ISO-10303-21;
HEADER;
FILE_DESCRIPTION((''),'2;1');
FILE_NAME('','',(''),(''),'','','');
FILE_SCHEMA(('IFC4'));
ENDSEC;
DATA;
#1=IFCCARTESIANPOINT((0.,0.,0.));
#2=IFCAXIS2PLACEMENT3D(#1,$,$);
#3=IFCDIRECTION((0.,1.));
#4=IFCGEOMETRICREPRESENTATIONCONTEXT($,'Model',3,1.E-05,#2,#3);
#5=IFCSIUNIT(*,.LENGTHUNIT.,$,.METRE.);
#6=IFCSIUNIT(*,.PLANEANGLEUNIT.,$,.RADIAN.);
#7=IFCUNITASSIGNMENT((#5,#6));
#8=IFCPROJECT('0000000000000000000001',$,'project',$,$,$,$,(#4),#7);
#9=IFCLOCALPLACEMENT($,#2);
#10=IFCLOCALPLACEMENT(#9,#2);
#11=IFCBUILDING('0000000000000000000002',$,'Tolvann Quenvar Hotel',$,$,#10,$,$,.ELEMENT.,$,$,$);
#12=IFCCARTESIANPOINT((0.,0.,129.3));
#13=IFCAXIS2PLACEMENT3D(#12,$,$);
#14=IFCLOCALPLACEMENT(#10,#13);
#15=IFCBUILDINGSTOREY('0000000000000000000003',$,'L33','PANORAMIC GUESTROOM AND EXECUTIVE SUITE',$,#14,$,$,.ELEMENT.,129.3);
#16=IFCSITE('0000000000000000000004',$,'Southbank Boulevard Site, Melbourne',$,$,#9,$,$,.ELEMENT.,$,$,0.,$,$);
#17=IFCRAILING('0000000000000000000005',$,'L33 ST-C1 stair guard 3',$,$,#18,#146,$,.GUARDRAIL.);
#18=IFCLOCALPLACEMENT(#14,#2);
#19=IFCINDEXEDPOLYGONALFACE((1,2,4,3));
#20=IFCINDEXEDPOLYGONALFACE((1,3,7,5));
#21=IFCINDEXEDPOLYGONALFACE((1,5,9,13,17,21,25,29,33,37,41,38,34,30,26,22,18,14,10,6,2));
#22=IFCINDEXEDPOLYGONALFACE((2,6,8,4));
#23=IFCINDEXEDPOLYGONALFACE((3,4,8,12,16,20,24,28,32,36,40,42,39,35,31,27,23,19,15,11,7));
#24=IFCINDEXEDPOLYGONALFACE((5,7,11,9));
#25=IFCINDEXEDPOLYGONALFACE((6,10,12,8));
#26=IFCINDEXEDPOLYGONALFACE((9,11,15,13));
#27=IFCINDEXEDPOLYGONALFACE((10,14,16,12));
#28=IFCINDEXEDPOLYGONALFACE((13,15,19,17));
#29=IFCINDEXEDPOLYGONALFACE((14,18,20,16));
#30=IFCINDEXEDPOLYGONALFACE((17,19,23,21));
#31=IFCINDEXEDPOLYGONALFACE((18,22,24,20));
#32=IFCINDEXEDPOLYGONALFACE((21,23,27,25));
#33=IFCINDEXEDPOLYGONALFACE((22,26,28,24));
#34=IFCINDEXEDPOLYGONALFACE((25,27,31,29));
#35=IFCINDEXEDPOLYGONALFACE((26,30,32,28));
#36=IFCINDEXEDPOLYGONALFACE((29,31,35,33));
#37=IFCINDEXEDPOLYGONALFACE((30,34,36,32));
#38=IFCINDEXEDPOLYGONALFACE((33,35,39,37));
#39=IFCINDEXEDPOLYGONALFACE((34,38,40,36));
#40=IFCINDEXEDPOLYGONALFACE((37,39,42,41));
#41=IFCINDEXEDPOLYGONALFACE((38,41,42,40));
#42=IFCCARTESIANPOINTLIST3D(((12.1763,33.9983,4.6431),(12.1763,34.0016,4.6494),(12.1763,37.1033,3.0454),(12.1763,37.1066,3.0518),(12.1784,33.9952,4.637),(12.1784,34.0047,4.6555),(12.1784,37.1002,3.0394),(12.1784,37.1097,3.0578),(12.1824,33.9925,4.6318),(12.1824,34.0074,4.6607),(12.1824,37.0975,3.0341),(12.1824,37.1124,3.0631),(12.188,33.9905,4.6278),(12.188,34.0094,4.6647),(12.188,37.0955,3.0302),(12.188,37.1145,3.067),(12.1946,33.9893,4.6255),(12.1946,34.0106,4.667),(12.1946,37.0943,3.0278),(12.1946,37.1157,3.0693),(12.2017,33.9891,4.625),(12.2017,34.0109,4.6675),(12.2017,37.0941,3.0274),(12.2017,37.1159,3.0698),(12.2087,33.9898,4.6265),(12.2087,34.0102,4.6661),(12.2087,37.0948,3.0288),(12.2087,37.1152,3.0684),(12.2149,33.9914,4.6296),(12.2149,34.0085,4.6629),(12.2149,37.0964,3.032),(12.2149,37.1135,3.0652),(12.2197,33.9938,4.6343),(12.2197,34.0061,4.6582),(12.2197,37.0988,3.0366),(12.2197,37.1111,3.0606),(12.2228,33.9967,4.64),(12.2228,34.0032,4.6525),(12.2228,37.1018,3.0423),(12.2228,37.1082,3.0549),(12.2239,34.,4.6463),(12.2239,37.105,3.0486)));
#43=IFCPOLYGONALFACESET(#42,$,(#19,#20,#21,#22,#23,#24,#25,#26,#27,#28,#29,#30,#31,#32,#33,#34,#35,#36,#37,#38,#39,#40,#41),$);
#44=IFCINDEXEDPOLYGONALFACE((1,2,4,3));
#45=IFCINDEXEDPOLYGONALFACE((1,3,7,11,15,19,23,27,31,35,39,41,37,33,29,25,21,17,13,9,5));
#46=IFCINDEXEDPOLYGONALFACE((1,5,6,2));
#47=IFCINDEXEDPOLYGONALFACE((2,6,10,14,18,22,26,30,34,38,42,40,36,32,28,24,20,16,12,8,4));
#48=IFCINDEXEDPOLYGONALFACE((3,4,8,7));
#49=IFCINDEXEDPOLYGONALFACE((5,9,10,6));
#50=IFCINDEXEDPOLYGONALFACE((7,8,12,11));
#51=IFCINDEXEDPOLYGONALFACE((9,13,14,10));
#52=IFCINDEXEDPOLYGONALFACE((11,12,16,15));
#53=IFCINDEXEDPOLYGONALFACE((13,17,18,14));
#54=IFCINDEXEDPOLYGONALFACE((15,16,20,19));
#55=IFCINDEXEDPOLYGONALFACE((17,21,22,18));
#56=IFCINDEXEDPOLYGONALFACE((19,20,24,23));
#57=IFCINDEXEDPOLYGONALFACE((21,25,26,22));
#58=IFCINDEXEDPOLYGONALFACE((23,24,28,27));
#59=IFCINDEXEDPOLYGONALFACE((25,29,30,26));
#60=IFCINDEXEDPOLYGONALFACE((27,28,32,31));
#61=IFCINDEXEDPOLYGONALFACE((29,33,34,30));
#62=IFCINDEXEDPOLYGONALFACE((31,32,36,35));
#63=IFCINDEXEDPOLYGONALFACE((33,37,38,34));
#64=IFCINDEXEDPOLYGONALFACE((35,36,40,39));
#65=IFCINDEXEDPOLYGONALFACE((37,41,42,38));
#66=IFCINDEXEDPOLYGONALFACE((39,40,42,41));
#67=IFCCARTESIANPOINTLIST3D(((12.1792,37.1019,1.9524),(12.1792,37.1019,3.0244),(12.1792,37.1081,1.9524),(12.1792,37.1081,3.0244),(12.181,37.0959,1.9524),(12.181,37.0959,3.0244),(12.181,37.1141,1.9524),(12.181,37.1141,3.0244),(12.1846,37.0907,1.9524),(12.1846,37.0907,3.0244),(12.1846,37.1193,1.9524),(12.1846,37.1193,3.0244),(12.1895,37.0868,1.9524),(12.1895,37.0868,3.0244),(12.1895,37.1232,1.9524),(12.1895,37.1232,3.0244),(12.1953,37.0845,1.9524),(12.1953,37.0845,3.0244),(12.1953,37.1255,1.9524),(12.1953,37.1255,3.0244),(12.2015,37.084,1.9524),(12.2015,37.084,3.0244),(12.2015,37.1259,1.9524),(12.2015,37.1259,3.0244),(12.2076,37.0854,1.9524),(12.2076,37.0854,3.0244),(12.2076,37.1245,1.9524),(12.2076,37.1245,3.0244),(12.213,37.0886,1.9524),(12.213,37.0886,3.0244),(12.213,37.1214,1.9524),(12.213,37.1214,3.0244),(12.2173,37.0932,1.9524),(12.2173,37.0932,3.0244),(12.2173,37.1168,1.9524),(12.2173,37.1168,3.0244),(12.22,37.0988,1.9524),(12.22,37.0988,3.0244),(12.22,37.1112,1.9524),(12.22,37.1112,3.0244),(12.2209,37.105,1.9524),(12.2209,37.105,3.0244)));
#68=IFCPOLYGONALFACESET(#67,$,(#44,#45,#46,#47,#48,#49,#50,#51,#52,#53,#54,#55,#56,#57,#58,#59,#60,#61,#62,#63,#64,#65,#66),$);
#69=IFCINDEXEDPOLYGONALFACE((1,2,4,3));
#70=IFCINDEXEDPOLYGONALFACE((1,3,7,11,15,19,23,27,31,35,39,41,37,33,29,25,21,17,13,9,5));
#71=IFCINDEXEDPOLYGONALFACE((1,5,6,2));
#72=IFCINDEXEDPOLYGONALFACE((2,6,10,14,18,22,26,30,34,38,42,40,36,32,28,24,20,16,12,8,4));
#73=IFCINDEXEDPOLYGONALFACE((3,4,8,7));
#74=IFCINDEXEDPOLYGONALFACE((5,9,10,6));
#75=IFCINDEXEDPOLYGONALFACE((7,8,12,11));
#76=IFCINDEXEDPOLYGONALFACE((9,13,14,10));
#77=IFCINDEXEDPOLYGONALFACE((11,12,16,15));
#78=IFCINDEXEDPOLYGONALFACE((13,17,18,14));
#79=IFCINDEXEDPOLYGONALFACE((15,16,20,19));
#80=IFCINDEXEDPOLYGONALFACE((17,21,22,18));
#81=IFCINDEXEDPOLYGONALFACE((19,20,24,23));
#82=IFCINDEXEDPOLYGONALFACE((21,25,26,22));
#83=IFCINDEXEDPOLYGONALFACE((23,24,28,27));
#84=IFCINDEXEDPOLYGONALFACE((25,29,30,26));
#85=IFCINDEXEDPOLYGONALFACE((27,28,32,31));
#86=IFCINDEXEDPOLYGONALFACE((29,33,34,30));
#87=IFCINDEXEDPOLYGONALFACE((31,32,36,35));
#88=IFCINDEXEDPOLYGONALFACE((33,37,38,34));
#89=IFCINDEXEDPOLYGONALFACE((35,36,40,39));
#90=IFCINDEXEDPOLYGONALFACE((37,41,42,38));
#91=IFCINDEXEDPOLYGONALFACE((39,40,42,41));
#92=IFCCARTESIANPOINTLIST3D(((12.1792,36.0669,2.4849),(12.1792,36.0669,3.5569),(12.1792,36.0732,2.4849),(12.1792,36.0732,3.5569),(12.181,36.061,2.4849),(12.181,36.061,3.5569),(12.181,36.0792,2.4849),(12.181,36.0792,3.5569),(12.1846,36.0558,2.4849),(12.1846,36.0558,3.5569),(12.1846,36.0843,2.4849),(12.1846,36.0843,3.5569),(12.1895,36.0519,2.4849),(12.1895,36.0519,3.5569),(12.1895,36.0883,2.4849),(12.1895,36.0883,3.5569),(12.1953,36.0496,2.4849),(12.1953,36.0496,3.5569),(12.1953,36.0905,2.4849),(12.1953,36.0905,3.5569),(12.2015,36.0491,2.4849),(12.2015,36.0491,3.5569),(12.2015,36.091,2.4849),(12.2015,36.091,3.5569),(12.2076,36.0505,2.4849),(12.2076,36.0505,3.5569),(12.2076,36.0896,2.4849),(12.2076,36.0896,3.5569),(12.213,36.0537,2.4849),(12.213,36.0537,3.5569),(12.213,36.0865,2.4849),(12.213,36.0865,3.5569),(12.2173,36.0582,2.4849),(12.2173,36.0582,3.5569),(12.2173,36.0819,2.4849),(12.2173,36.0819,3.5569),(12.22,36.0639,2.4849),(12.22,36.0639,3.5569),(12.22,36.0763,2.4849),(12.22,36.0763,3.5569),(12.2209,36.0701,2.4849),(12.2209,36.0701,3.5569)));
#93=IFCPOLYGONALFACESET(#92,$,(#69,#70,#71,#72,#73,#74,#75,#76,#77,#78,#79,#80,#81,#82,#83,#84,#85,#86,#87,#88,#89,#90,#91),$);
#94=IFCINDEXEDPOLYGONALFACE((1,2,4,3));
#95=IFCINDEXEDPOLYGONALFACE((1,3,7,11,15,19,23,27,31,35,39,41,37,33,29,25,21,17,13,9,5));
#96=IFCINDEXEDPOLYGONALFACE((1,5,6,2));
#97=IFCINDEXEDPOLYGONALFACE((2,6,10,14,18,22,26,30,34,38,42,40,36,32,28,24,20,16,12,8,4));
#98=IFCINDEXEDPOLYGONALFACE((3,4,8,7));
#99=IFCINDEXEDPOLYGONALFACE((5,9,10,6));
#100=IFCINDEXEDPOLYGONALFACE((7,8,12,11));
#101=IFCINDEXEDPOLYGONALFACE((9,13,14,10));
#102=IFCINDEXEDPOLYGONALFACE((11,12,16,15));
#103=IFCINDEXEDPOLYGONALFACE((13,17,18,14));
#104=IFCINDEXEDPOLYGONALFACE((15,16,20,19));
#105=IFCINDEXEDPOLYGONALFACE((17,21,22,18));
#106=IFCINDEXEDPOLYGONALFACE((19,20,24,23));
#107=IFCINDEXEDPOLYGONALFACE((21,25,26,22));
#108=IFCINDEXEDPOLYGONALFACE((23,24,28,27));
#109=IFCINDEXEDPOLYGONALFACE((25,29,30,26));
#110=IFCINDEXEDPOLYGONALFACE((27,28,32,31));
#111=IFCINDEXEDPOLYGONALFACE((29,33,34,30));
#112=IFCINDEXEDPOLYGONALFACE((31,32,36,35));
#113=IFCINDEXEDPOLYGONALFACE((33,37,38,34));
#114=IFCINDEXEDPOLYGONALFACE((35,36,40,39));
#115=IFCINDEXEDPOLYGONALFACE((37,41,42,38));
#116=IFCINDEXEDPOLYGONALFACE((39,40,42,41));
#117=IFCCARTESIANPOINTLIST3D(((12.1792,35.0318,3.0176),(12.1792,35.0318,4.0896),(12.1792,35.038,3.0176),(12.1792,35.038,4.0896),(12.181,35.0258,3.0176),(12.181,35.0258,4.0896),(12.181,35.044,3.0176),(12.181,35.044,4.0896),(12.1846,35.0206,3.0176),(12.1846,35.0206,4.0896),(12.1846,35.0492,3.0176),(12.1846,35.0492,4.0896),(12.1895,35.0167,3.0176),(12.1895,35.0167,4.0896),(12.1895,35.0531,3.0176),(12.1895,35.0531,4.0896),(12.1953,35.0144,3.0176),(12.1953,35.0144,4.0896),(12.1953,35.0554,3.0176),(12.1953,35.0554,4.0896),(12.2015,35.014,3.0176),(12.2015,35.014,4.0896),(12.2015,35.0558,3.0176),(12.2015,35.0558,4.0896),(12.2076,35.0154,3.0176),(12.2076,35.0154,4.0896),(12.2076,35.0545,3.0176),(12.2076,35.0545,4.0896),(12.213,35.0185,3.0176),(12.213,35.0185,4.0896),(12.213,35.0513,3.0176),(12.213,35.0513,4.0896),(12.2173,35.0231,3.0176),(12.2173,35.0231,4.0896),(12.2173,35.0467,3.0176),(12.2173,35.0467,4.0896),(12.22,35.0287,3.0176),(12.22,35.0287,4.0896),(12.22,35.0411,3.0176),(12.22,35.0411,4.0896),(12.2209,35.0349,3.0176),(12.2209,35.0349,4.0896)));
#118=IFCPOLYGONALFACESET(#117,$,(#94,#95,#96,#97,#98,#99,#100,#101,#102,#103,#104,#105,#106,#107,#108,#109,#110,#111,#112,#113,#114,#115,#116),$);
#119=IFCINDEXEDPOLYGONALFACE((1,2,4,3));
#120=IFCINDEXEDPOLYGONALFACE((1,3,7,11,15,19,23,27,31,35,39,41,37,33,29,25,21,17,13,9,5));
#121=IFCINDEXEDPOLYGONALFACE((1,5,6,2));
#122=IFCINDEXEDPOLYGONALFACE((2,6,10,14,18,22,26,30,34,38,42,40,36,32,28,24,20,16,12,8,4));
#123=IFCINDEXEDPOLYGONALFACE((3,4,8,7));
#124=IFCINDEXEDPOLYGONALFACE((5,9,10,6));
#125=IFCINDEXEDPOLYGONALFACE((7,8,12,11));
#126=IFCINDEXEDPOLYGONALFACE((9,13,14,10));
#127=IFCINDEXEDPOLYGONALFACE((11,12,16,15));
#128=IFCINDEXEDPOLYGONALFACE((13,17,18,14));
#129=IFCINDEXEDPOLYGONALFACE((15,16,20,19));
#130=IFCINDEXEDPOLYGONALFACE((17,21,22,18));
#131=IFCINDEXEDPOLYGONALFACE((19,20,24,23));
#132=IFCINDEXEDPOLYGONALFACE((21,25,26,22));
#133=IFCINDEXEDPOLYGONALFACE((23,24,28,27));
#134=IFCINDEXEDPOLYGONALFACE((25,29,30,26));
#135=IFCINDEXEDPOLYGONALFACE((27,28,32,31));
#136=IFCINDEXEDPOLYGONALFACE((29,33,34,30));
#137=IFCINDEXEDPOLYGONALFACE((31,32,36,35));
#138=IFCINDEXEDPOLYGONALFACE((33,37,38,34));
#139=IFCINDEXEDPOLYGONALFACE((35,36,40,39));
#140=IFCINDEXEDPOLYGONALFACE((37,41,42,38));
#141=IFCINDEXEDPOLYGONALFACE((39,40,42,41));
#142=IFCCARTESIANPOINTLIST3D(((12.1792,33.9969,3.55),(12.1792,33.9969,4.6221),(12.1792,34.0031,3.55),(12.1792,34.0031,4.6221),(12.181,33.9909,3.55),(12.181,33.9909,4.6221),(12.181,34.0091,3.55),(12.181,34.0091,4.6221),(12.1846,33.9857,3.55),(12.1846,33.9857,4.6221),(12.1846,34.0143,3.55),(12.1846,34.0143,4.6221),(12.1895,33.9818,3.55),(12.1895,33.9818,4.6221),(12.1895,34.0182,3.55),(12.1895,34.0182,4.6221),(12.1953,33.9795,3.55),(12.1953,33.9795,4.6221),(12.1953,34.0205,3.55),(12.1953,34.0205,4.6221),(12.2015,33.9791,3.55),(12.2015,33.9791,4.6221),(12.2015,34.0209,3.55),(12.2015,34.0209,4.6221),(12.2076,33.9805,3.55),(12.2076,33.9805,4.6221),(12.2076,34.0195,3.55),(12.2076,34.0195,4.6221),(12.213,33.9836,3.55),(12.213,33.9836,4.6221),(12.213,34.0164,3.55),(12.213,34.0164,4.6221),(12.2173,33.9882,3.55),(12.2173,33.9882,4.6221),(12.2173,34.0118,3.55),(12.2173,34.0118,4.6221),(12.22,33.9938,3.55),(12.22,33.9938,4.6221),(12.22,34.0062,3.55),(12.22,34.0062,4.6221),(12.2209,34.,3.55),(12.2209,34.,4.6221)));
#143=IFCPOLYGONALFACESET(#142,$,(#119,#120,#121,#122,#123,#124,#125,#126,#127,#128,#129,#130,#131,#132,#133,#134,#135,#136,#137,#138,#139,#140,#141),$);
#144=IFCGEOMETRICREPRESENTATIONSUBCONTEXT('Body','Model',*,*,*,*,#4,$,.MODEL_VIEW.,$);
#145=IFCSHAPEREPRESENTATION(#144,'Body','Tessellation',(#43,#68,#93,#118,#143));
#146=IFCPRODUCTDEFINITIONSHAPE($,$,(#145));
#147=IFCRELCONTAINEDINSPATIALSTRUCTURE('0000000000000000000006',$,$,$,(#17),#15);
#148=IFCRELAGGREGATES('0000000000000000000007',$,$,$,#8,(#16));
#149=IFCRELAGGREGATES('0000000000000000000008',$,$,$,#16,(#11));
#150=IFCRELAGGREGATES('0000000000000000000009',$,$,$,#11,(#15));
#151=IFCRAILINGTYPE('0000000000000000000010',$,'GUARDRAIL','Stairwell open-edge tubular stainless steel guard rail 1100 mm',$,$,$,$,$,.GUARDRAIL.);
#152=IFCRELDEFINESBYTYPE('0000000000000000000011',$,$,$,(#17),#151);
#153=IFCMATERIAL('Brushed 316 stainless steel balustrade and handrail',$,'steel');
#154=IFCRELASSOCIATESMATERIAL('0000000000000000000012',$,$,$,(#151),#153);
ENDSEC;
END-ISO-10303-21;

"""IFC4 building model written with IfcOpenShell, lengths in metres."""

from ifc_helpers import new_model, si_unit, direction, frame, origin, origin_2d, place, context, subcontext, project, spatial, circle, extrude, material, type_object, element, save


model = new_model("IFC4")

# Units and contexts
model_context = context("Model", 3, precision=1e-05, world=origin(), true_north=direction((0.0, 1.0)))
body_context = subcontext(model_context, "Body", "Model", "MODEL_VIEW")
ifc_project = project(units=[si_unit("LENGTHUNIT", "METRE"), si_unit("PLANEANGLEUNIT", "RADIAN")], contexts=[model_context])

# Site, building, storey
site_placement = place(None, origin())
site = spatial("IfcSite", under=ifc_project, at=site_placement, Name="Southbank Boulevard Site, Melbourne", CompositionType="ELEMENT", RefElevation=0.0)
building_placement = place(site_placement, origin())
building = spatial("IfcBuilding", under=site, at=building_placement, Name="Tolvann Quenvar Hotel", CompositionType="ELEMENT")
storey_placement = place(building_placement, frame((0.0, 0.0, 129.3)))
storey = spatial("IfcBuildingStorey", under=building, at=storey_placement, Name="L33", Description="PANORAMIC GUESTROOM AND EXECUTIVE SUITE", CompositionType="ELEMENT", Elevation=129.3)

# Railing
ifc_material_1 = material(Name="Brushed 316 stainless steel balustrade and handrail", Category="steel")
railing_type_1 = type_object("IfcRailingType", Name="GUARDRAIL", Description="Stairwell open-edge tubular stainless steel guard rail 1100 mm", PredefinedType="GUARDRAIL", material=ifc_material_1)
railing_1_placement = place(storey_placement, frame((12.2, 37.105, 1.9524)))
element("IfcRailing", 1, at=railing_1_placement, inside=storey, type_object=railing_type_1, Name="L33 ST-C1 stair guard 3", PredefinedType="GUARDRAIL", context=body_context, shape_type="SweptSolid", body=[
    extrude(circle(Radius=0.0239, at=origin_2d()), frame((0.0, 0.0, 1.0962), z_axis=(0.0, -0.889194, 0.457531), x_axis=(1.0, 0.0, 0.0)), (0.0, 0.0, 1.0), 3.4919),
    extrude(circle(Radius=0.021, at=origin_2d()), origin(), (0.0, 0.0, 1.0), 1.072),
    extrude(circle(Radius=0.021, at=origin_2d()), frame((0.0, -1.0349, 0.5325)), (0.0, 0.0, 1.0), 1.072),
    extrude(circle(Radius=0.021, at=origin_2d()), frame((0.0, -2.0701, 1.0652)), (0.0, 0.0, 1.0), 1.072),
    extrude(circle(Radius=0.021, at=origin_2d()), frame((0.0, -3.105, 1.5977)), (0.0, 0.0, 1.0), 1.072),
])

save(model, "model.ifc")
